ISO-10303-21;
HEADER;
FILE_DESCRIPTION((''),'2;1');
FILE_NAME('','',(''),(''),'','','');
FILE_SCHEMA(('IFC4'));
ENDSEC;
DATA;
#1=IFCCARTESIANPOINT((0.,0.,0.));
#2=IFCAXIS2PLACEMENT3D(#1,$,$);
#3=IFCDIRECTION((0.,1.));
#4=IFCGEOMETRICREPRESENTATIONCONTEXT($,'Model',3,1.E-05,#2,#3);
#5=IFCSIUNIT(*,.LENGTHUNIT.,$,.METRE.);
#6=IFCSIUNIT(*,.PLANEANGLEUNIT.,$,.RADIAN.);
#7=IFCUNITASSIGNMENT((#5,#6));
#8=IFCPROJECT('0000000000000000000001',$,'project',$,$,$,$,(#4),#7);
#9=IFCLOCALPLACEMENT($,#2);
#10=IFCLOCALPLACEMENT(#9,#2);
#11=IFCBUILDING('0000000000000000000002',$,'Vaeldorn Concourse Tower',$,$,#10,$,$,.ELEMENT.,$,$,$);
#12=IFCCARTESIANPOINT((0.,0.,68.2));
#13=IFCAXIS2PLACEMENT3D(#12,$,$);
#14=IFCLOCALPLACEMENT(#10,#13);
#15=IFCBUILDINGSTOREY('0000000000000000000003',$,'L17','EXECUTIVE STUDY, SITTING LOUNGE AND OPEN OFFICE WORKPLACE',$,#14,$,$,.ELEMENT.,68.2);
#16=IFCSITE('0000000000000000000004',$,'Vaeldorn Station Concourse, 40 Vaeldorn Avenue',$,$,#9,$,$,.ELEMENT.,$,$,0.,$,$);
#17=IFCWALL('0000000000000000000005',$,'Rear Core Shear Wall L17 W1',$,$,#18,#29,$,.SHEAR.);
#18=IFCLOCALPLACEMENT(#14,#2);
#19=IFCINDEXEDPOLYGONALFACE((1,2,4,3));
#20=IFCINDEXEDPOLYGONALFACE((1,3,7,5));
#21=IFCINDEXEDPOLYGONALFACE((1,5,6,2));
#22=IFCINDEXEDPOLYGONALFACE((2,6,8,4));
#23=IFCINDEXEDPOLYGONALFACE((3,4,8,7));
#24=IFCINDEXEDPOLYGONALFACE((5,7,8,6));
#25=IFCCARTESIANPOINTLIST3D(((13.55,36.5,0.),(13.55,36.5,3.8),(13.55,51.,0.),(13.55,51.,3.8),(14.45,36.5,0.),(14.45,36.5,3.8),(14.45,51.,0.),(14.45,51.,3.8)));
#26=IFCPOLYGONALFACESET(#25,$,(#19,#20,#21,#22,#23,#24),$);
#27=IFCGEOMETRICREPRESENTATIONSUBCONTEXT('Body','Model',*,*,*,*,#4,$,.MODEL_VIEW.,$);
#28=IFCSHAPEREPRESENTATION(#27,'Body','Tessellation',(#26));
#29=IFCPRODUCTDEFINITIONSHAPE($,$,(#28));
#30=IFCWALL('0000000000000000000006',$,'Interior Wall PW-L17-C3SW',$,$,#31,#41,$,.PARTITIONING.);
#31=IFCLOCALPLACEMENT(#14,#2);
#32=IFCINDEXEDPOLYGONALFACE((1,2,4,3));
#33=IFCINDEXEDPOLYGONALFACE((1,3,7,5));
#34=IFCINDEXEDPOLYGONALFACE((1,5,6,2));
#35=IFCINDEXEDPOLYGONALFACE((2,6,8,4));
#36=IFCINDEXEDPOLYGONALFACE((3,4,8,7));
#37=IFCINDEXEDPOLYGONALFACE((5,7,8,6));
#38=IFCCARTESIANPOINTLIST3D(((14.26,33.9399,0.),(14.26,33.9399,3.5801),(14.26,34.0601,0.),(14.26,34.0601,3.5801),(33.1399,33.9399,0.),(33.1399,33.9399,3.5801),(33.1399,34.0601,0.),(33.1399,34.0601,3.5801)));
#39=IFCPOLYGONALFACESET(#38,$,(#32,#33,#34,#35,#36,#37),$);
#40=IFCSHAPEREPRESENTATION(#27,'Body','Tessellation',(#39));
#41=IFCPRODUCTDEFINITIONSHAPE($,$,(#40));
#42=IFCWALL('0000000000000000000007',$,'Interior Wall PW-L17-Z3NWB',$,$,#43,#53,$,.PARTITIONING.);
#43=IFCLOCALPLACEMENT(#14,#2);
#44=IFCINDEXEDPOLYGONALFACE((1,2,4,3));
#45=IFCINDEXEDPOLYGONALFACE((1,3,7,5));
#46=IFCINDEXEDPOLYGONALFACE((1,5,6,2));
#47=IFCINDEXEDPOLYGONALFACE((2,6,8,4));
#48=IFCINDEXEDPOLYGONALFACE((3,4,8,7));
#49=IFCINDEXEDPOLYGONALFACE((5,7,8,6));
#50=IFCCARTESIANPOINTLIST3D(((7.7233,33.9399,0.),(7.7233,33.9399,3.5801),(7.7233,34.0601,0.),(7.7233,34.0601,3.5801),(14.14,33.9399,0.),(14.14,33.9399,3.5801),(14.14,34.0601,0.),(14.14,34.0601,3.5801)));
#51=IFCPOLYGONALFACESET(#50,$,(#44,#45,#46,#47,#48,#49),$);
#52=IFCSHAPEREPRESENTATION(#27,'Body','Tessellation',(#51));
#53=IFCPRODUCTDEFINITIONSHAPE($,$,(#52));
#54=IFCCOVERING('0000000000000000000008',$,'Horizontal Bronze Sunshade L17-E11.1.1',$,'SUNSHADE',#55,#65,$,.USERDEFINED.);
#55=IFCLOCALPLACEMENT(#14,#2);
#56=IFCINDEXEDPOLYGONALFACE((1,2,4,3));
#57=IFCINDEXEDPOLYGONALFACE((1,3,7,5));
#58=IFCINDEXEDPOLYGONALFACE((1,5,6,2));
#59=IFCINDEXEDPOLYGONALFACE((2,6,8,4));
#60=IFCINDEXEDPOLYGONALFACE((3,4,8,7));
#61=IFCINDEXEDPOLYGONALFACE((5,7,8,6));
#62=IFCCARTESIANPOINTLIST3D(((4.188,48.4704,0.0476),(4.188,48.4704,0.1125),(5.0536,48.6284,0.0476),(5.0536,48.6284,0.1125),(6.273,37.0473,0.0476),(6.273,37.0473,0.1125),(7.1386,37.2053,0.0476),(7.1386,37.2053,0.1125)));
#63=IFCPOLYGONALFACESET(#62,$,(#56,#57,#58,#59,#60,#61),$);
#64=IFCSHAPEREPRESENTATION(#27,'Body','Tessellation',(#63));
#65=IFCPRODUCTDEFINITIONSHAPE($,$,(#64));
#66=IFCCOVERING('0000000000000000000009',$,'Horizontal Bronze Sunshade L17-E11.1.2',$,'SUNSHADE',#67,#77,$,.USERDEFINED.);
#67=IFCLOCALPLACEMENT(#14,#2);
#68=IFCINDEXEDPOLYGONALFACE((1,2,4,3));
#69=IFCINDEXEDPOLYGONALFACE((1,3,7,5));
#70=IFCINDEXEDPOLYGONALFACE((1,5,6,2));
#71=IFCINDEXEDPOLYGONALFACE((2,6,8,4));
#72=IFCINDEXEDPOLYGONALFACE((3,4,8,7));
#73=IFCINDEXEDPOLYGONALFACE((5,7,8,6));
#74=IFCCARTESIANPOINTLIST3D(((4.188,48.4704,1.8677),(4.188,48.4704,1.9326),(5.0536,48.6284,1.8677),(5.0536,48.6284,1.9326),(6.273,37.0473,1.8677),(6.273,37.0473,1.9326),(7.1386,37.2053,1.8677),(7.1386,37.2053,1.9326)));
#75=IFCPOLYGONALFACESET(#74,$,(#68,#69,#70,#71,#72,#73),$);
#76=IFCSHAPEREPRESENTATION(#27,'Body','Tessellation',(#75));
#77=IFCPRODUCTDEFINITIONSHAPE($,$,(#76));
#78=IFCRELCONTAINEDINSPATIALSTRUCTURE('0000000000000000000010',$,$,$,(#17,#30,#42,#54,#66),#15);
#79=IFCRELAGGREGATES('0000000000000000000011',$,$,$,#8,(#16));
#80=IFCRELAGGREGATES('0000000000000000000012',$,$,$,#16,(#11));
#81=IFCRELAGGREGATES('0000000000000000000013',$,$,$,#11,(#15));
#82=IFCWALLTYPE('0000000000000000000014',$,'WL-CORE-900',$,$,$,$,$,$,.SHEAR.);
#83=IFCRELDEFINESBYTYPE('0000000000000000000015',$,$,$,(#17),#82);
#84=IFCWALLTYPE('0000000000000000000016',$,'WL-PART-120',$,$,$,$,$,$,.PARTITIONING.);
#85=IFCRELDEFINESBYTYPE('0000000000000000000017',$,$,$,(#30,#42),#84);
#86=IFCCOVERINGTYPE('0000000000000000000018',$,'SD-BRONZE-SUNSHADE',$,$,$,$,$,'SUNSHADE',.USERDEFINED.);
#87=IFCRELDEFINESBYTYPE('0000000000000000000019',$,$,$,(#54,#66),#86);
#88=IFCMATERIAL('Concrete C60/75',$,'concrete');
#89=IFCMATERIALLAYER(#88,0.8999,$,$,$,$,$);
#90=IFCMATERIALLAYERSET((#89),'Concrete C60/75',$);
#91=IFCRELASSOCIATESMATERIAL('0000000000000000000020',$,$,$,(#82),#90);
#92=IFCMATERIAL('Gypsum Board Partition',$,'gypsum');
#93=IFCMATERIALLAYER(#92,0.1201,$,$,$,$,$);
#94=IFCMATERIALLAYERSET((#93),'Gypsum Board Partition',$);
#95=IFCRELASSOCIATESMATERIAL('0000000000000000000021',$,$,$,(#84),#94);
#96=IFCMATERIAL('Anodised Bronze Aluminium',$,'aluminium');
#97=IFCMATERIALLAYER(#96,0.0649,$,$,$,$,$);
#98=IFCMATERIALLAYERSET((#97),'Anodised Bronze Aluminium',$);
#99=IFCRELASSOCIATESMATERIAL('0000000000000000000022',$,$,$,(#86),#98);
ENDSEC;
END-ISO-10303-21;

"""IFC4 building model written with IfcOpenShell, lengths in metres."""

from ifc_helpers import new_model, si_unit, direction, frame, frame_2d, origin, origin_2d, place, context, subcontext, project, spatial, rectangle, extrude, source, transform, mapped, material, layer, layer_set, type_object, element, save


model = new_model("IFC4")

# Units and contexts
model_context = context("Model", 3, precision=1e-05, world=origin(), true_north=direction((0.0, 1.0)))
body_context = subcontext(model_context, "Body", "Model", "MODEL_VIEW")
ifc_project = project(units=[si_unit("LENGTHUNIT", "METRE"), si_unit("PLANEANGLEUNIT", "RADIAN")], contexts=[model_context])

# Site, building, storey
site_placement = place(None, origin())
site = spatial("IfcSite", under=ifc_project, at=site_placement, Name="Vaeldorn Station Concourse, 40 Vaeldorn Avenue", CompositionType="ELEMENT", RefElevation=0.0)
building_placement = place(site_placement, origin())
building = spatial("IfcBuilding", under=site, at=building_placement, Name="Vaeldorn Concourse Tower", CompositionType="ELEMENT")
storey_placement = place(building_placement, frame((0.0, 0.0, 68.2)))
storey = spatial("IfcBuildingStorey", under=building, at=storey_placement, Name="L17", Description="EXECUTIVE STUDY, SITTING LOUNGE AND OPEN OFFICE WORKPLACE", CompositionType="ELEMENT", Elevation=68.2)

# Shared definitions
ifc_material_1 = material(Name="Concrete C60/75", Category="concrete")

# Shared definitions
ifc_material_2 = material(Name="Anodised Bronze Aluminium", Category="aluminium")

# Walls
ifc_layer_1 = layer(ifc_material_1, 0.8999)
ifc_layer_set_1 = layer_set([ifc_layer_1], Name="Concrete C60/75")
wall_type_1 = type_object("IfcWallType", Name="WL-CORE-900", PredefinedType="SHEAR", material=ifc_layer_set_1)
wall_1_placement = place(storey_placement, frame((14.0, 36.5, 0.0), z_axis=(0.0, 0.0, 1.0), x_axis=(0.0, 1.0, 0.0)))
element("IfcWall", 1, at=wall_1_placement, inside=storey, type_object=wall_type_1, Name="Rear Core Shear Wall L17 W1", PredefinedType="SHEAR", context=body_context, shape_type="SweptSolid", body=[
    extrude(rectangle(XDim=14.5, YDim=0.8999, at=frame_2d((7.25, 0.0))), origin(), (0.0, 0.0, 1.0), 3.8),
])
ifc_material_3 = material(Name="Gypsum Board Partition", Category="gypsum")
ifc_layer_2 = layer(ifc_material_3, 0.1201)
ifc_layer_set_2 = layer_set([ifc_layer_2], Name="Gypsum Board Partition")
wall_type_2 = type_object("IfcWallType", Name="WL-PART-120", PredefinedType="PARTITIONING", material=ifc_layer_set_2)
wall_2_placement = place(storey_placement, frame((14.26, 34.0, 0.0), z_axis=(0.0, 0.0, 1.0), x_axis=(1.0, 0.0, 0.0)))
element("IfcWall", 2, at=wall_2_placement, inside=storey, type_object=wall_type_2, Name="Interior Wall PW-L17-C3SW", PredefinedType="PARTITIONING", context=body_context, shape_type="SweptSolid", body=[
    extrude(rectangle(XDim=18.8799, YDim=0.1201, at=frame_2d((9.4399, 0.0))), origin(), (0.0, 0.0, 1.0), 3.5801),
])

# Wall
wall_3_placement = place(storey_placement, frame((7.7231, 34.0, 0.0), z_axis=(0.0, 0.0, 1.0), x_axis=(1.0, 0.0, 0.0)))
element("IfcWall", 3, at=wall_3_placement, inside=storey, type_object=wall_type_2, Name="Interior Wall PW-L17-Z3NWB", PredefinedType="PARTITIONING", context=body_context, shape_type="SweptSolid", body=[
    extrude(rectangle(XDim=6.4167, YDim=0.1201, at=frame_2d((3.2085, 0.0))), origin(), (0.0, 0.0, 1.0), 3.5801),
])

# Coverings
ifc_layer_3 = layer(ifc_material_2, 0.0649)
ifc_layer_set_3 = layer_set([ifc_layer_3], Name="Anodised Bronze Aluminium")
covering_type = type_object("IfcCoveringType", Name="SD-BRONZE-SUNSHADE", ElementType="SUNSHADE", PredefinedType="USERDEFINED", material=ifc_layer_set_3)
shared_shape_1 = source(origin(), body_context, "Body", "SweptSolid", [
    extrude(rectangle(XDim=11.6118, YDim=0.8799, at=origin_2d()), origin(), (0.0, 0.0, 1.0), 0.0649),
])
for number, where, z_axis, x_axis, name in (
    (4, (5.6633, 42.8379, 0.0476), (0.0, 0.0, 1.0), (0.179558, -0.983747, 0.0), "Horizontal Bronze Sunshade L17-E11.1.1"),
    (5, (5.6633, 42.8379, 1.8677), (0.0, 0.0, 1.0), (0.179558, -0.983747, 0.0), "Horizontal Bronze Sunshade L17-E11.1.2"),
):
    element("IfcCovering", number, at=place(storey_placement, frame(where, z_axis=z_axis, x_axis=x_axis)), inside=storey, type_object=covering_type, Name=name, ObjectType="SUNSHADE", PredefinedType="USERDEFINED", context=body_context, shape_type="MappedRepresentation", body=[
        mapped(shared_shape_1, transform((0.0, 0.0, 0.0), scale=1.0)),
    ])

save(model, "model.ifc")
